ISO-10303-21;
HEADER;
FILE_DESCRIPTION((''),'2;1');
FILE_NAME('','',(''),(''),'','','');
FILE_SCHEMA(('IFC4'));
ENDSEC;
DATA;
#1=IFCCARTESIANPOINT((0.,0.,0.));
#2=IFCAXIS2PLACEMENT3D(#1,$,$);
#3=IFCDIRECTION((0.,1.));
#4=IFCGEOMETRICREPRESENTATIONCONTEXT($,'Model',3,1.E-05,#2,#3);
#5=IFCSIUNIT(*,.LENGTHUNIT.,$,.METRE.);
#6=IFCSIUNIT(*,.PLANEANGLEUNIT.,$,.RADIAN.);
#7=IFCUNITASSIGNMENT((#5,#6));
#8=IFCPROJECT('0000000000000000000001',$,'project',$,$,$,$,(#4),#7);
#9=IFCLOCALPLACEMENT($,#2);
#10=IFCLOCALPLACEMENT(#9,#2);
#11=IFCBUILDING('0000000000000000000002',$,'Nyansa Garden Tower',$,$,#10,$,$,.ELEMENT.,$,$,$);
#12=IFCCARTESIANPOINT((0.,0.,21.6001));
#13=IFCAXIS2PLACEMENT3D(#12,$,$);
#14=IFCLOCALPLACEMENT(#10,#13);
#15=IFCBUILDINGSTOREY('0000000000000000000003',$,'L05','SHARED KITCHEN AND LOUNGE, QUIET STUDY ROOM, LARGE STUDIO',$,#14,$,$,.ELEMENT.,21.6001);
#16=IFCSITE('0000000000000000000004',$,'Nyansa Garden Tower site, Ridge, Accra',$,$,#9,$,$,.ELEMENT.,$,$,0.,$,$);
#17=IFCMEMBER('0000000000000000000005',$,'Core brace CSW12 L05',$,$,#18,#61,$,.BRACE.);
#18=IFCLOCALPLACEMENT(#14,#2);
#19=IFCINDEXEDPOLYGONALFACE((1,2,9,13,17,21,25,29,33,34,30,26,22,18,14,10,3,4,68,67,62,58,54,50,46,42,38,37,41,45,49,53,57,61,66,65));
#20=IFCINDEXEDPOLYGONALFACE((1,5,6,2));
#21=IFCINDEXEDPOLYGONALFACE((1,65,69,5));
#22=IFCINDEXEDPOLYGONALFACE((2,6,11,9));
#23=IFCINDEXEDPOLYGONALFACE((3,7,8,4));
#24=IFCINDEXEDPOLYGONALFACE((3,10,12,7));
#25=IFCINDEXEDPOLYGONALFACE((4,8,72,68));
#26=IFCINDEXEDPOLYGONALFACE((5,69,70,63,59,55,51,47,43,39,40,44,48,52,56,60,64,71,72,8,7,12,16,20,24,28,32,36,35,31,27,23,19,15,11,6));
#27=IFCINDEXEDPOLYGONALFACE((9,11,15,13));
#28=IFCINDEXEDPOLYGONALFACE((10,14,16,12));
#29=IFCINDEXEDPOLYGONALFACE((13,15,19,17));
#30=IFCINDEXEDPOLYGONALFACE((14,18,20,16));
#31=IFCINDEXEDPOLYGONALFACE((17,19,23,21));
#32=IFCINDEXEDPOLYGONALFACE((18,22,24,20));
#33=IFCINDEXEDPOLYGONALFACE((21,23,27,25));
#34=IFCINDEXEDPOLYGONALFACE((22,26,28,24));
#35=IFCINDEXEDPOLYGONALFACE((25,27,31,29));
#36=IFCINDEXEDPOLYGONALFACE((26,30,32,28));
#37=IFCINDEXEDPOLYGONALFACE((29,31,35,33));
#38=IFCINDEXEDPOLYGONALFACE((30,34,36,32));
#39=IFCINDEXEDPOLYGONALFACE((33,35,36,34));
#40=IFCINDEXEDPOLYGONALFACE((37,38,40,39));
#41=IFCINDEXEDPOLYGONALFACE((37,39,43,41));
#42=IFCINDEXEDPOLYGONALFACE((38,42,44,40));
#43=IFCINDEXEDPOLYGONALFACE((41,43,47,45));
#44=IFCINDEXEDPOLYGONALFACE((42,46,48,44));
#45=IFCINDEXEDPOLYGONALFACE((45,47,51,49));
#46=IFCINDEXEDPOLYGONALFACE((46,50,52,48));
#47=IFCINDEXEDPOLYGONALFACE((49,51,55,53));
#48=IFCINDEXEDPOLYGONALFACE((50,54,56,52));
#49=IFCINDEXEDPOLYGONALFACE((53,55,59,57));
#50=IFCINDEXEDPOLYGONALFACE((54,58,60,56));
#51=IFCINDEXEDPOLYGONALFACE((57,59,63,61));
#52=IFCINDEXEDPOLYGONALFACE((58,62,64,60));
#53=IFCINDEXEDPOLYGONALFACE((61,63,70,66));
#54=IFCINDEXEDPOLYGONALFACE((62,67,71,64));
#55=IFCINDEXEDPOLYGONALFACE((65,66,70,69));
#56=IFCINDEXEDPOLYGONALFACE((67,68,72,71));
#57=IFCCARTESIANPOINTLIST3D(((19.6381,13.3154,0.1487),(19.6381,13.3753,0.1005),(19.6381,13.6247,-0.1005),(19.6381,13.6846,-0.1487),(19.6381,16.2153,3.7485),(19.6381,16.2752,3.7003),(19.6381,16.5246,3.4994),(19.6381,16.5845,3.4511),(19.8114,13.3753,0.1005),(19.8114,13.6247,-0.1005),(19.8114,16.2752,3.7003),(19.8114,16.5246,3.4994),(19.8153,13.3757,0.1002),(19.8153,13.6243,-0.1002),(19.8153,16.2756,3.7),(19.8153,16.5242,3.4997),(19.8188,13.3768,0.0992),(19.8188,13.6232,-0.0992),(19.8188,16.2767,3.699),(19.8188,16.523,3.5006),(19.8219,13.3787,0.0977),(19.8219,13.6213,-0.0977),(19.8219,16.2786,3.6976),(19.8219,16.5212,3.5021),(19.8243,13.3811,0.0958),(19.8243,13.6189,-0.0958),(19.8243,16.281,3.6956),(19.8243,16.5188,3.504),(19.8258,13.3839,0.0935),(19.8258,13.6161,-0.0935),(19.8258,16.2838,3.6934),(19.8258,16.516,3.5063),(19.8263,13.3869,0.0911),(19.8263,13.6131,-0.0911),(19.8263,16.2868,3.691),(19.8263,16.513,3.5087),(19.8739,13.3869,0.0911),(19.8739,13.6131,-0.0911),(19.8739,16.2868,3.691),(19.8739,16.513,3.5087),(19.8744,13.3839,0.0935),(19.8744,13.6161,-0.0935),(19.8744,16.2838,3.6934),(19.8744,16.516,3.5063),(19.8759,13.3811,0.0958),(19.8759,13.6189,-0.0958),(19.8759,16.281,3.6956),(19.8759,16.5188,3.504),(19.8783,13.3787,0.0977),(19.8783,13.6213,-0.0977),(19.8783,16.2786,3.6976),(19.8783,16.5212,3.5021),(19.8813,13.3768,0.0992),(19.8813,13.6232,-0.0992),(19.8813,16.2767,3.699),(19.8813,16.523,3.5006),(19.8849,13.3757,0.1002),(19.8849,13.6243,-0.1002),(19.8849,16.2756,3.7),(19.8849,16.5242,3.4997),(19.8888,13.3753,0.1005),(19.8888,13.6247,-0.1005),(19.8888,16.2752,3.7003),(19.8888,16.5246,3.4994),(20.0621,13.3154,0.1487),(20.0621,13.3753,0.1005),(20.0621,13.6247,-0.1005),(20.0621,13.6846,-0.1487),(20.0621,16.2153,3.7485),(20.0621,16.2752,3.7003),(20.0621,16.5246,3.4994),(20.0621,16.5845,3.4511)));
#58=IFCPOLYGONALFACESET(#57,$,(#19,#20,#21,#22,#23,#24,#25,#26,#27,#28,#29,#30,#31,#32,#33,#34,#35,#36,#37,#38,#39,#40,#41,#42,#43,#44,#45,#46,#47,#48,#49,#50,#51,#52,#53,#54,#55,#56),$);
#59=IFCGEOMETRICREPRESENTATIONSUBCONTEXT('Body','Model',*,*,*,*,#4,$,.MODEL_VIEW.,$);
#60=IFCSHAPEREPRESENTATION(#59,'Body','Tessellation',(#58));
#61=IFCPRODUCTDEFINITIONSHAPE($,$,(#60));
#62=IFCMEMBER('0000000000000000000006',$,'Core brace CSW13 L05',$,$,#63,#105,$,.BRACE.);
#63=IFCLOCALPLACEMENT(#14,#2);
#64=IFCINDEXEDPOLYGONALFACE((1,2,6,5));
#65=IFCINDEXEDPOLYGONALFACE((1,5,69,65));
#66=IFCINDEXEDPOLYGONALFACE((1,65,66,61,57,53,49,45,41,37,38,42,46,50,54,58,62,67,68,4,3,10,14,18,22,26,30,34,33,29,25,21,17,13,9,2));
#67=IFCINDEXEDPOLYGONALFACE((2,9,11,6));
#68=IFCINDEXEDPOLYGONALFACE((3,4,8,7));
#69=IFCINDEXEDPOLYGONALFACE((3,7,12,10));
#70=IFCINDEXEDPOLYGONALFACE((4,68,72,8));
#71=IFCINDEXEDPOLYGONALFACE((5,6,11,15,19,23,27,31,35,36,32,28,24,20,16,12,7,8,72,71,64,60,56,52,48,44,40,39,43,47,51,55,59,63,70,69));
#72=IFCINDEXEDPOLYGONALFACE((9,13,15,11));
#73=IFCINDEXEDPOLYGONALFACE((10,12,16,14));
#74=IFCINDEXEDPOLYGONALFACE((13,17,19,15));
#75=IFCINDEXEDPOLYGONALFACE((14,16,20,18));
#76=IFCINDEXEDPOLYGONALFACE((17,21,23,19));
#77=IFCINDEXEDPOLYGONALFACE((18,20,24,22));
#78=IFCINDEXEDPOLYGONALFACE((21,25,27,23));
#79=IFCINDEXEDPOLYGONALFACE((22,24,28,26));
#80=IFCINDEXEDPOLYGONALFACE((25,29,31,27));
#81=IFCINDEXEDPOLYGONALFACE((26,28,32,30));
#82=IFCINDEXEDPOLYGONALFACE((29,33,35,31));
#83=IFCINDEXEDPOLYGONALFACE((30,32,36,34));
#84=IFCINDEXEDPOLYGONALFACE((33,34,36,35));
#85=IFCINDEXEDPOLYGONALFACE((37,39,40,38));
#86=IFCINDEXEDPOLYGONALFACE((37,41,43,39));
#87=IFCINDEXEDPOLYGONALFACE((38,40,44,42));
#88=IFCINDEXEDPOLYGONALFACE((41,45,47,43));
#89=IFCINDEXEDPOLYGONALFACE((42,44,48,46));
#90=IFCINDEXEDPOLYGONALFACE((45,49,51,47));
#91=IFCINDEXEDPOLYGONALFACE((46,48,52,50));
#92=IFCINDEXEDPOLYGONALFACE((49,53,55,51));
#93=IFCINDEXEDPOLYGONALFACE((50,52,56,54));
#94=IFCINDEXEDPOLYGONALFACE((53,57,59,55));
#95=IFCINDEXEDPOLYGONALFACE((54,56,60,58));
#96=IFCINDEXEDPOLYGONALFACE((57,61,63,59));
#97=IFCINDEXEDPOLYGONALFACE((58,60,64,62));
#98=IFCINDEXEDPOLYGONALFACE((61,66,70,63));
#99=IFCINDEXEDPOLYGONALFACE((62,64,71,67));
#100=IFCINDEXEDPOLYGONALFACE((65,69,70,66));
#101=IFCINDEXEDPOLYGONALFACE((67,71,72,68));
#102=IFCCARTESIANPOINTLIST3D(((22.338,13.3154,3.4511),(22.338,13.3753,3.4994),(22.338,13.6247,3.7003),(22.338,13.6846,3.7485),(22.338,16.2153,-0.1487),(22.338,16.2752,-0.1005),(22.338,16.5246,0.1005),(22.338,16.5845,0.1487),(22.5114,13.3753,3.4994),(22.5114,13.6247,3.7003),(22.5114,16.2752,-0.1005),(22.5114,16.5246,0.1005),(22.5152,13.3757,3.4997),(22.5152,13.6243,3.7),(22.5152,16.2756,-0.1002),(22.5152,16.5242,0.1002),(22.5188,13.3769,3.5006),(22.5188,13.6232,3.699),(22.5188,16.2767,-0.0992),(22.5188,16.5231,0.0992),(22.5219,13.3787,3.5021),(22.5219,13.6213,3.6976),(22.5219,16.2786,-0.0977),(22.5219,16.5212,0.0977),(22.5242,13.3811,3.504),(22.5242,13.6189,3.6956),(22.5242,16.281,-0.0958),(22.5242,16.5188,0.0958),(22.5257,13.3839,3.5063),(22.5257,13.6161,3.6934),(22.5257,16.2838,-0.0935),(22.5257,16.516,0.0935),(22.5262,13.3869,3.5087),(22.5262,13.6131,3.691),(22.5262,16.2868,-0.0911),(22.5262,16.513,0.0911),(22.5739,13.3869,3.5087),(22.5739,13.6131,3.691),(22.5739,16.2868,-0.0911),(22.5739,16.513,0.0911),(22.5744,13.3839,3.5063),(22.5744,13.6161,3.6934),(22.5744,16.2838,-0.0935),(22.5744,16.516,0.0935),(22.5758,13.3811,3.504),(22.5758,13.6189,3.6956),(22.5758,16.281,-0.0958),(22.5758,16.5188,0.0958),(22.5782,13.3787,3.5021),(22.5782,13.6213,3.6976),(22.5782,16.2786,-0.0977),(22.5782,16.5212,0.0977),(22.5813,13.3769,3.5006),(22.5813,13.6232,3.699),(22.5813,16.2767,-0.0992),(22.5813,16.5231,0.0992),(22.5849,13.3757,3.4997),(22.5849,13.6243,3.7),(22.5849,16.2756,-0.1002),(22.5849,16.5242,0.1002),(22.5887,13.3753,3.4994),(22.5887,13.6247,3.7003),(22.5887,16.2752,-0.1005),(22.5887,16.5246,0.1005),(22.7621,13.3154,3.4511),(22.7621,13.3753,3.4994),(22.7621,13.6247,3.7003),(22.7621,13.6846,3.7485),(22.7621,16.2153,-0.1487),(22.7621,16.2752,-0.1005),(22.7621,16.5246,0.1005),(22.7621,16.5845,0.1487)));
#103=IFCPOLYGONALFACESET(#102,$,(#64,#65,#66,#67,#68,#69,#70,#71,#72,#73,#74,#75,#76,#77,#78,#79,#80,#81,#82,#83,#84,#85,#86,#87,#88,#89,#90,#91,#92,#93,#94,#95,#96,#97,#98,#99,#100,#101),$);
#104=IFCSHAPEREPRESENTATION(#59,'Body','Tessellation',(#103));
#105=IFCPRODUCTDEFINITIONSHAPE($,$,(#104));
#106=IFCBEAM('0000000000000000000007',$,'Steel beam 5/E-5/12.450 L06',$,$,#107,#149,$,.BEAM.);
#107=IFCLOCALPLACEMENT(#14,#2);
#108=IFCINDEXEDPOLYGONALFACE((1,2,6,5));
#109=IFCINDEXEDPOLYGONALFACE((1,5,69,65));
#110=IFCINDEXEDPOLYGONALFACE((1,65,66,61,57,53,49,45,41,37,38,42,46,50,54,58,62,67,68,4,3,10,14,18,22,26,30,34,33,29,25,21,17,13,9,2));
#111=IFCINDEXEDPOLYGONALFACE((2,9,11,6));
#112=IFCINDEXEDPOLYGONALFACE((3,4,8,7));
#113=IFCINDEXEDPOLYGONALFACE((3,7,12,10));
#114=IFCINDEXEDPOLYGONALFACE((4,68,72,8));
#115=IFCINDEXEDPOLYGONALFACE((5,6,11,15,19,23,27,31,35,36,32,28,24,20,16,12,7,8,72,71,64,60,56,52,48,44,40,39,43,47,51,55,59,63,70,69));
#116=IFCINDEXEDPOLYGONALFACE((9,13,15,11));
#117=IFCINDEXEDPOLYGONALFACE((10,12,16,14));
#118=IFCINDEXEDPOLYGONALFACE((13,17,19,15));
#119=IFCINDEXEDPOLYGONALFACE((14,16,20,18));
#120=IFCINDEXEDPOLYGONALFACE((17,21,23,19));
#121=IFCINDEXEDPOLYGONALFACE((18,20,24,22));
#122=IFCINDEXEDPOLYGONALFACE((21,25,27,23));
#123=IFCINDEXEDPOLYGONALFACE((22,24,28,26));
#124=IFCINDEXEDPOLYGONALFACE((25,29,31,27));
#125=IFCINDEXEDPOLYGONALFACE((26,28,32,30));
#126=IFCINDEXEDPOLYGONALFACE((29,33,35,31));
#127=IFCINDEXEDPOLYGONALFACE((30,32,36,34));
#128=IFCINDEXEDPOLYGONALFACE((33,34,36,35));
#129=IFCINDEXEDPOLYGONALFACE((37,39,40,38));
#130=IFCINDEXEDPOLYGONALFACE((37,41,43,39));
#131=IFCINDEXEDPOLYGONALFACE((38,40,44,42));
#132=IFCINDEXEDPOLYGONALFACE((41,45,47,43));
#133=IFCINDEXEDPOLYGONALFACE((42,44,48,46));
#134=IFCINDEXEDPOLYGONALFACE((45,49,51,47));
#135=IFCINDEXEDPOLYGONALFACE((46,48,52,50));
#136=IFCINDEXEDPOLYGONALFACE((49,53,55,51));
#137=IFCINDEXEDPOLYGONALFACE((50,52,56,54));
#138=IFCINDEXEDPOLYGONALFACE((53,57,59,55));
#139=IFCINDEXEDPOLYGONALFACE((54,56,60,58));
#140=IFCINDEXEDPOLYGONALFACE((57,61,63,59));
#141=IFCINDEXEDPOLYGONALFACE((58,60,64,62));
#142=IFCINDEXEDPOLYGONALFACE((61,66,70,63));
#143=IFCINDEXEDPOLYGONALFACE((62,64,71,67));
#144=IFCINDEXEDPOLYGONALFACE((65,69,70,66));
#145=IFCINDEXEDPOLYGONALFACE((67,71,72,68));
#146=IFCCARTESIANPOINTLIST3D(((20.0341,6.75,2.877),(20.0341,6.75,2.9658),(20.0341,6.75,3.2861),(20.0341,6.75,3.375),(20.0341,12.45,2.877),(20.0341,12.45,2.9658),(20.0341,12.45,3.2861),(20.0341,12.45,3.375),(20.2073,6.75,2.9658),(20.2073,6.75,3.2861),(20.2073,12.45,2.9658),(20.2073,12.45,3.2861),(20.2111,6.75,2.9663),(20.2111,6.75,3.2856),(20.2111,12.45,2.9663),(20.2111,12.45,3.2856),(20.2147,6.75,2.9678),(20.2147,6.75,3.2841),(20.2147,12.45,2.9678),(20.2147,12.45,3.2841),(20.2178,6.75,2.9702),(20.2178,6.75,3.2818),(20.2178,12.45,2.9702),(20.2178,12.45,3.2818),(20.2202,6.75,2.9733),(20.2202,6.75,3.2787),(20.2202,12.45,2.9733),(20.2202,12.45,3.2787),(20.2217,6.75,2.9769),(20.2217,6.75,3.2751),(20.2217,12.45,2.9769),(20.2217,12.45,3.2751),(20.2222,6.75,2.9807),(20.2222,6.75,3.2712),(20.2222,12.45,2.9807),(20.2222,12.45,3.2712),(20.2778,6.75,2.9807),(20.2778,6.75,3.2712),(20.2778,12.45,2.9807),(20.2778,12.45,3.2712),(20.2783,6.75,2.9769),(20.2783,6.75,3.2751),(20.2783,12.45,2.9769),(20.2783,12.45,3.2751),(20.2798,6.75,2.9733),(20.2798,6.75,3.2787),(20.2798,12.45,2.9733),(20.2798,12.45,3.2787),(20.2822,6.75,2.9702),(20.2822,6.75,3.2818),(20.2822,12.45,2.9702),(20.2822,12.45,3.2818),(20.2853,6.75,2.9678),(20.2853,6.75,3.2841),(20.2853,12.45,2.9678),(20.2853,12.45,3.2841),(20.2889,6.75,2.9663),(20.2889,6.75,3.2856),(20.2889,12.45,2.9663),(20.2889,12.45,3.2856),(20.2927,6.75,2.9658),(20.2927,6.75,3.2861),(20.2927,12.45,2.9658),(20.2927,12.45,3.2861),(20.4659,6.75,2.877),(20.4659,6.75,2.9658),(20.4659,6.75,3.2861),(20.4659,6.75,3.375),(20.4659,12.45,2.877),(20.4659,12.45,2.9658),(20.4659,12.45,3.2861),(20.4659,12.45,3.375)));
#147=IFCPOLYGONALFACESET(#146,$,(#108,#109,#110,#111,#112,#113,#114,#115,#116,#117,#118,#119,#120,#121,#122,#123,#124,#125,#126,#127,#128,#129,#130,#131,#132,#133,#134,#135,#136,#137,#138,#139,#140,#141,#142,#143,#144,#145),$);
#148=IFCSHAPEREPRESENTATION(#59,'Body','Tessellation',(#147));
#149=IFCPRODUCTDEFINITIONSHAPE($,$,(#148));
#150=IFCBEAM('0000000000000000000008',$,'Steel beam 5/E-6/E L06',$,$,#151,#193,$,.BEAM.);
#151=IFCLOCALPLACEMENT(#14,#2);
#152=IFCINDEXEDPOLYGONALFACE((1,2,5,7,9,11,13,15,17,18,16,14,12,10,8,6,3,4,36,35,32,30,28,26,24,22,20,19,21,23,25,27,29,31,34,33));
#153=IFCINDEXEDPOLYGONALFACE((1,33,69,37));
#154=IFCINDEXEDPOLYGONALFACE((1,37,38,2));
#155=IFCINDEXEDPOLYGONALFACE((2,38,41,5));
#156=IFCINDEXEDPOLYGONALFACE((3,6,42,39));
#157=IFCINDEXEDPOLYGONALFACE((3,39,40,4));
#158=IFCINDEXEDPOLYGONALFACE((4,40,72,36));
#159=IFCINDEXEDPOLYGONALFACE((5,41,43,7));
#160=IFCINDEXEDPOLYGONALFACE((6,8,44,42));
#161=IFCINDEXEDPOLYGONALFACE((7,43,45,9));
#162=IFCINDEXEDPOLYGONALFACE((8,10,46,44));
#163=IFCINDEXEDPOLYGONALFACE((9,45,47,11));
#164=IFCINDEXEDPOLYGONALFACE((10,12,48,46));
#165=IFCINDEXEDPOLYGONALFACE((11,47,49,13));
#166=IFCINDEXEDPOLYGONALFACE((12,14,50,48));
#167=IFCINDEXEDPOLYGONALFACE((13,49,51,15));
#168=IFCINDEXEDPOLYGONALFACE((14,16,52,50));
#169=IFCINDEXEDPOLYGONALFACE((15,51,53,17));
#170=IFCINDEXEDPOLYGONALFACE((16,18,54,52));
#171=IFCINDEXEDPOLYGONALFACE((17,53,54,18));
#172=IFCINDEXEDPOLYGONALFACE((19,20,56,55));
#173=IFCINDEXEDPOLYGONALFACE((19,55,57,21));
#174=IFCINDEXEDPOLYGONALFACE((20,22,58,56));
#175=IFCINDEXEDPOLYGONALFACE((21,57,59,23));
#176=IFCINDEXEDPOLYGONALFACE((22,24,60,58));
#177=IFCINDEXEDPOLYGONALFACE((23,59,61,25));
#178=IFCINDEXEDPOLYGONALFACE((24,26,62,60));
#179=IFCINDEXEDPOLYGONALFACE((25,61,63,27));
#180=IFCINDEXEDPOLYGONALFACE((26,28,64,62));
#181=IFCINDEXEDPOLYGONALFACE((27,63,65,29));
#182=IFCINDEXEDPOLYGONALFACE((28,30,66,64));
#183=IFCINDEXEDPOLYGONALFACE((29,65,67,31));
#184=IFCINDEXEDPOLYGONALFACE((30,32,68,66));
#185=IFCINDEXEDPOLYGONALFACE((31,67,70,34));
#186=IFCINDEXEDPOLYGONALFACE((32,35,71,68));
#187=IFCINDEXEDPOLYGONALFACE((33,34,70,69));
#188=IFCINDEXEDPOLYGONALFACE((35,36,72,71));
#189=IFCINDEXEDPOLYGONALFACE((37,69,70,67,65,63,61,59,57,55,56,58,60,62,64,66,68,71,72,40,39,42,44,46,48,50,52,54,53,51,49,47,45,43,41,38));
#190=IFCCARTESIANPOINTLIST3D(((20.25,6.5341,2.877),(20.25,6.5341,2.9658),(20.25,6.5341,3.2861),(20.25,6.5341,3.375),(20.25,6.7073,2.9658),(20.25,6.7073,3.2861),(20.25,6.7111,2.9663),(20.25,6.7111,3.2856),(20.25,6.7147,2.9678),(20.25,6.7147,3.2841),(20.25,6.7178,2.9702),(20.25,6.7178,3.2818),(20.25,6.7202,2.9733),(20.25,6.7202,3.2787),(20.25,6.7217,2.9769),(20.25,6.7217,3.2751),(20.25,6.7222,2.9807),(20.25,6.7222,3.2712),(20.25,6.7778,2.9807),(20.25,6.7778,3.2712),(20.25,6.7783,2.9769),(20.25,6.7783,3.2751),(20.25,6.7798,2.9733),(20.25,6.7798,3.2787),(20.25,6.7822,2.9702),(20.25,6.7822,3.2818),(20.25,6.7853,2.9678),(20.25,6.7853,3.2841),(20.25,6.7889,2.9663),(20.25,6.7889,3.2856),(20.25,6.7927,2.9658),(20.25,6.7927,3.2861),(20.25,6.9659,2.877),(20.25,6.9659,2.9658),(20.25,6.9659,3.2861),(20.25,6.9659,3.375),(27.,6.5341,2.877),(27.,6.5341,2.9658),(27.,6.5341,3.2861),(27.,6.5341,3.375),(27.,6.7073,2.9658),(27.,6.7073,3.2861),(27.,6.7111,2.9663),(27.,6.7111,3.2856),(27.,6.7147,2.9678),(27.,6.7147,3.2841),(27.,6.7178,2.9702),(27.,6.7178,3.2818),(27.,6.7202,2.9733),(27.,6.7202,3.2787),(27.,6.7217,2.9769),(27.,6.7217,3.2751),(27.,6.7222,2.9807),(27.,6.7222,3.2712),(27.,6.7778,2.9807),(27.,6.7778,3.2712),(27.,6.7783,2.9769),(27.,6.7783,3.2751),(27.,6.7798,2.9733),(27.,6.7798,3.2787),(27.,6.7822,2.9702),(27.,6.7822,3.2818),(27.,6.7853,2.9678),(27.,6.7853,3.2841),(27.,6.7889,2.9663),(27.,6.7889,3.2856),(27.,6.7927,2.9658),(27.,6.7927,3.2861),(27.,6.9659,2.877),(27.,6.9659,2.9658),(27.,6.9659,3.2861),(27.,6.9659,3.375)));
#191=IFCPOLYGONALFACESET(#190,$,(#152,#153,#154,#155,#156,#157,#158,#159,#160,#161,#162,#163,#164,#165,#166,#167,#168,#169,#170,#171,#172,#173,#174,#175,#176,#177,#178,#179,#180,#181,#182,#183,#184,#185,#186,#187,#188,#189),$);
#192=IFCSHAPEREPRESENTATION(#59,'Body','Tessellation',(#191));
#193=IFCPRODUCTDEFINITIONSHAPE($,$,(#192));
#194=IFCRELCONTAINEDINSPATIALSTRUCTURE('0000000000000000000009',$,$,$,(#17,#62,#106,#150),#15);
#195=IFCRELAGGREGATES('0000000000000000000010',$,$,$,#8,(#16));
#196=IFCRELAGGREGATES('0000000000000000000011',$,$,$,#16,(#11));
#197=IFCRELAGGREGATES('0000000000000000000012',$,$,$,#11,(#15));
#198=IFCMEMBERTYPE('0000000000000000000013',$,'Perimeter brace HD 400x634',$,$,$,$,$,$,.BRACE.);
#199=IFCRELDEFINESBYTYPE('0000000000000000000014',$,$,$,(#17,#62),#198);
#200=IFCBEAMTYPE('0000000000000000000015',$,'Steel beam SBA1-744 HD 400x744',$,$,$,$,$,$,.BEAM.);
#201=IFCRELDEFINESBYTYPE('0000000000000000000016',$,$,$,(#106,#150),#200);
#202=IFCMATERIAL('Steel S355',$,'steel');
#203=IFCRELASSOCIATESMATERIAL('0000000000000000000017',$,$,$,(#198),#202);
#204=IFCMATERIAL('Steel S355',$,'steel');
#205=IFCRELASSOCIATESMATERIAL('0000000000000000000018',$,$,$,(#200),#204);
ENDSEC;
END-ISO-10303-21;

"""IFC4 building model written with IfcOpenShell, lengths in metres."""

from ifc_helpers import new_model, si_unit, direction, frame, origin, origin_2d, place, context, subcontext, project, spatial, i_section, extrude, material, material_profile, profile_set, type_object, element, save


model = new_model("IFC4")

# Units and contexts
model_context = context("Model", 3, precision=1e-05, world=origin(), true_north=direction((0.0, 1.0)))
body_context = subcontext(model_context, "Body", "Model", "MODEL_VIEW")
ifc_project = project(units=[si_unit("LENGTHUNIT", "METRE"), si_unit("PLANEANGLEUNIT", "RADIAN")], contexts=[model_context])

# Site, building, storey
site_placement = place(None, origin())
site = spatial("IfcSite", under=ifc_project, at=site_placement, Name="Nyansa Garden Tower site, Ridge, Accra", CompositionType="ELEMENT", RefElevation=0.0)
building_placement = place(site_placement, origin())
building = spatial("IfcBuilding", under=site, at=building_placement, Name="Nyansa Garden Tower", CompositionType="ELEMENT")
storey_placement = place(building_placement, frame((0.0, 0.0, 21.6001)))
storey = spatial("IfcBuildingStorey", under=building, at=storey_placement, Name="L05", Description="SHARED KITCHEN AND LOUNGE, QUIET STUDY ROOM, LARGE STUDIO", CompositionType="ELEMENT", Elevation=21.6001)

# Members
ifc_material_1 = material(Name="Steel S355", Category="steel")
ifc_material_profile_1 = material_profile(ifc_material_1, i_section(OverallWidth=0.4241, OverallDepth=0.4741, WebThickness=0.0476, FlangeThickness=0.0769, FilletRadius=0.0149, at=origin_2d()), Name="HD 400x634")
ifc_profile_set_1 = profile_set([ifc_material_profile_1], Name="Steel S355")
member_type = type_object("IfcMemberType", Name="Perimeter brace HD 400x634", PredefinedType="BRACE", material=ifc_profile_set_1)
for number, where, z_axis, x_axis, name in (
    (1, (19.8501, 13.5, 0.0), (0.0, 0.627332, 0.778752), (-1.0, 0.0, 0.0), "Core brace CSW12 L05"),
    (2, (22.55, 16.3999, 0.0), (0.0, -0.627332, 0.778752), (1.0, 0.0, 0.0), "Core brace CSW13 L05"),
):
    element("IfcMember", number, at=place(storey_placement, frame(where, z_axis=z_axis, x_axis=x_axis)), inside=storey, type_object=member_type, Name=name, PredefinedType="BRACE", context=body_context, shape_type="SweptSolid", body=[
        extrude(i_section(OverallWidth=0.4241, OverallDepth=0.4741, WebThickness=0.0476, FlangeThickness=0.0769, FilletRadius=0.0149, at=origin_2d()), origin(), (0.0, 0.0, 1.0), 4.6226),
    ])

# Beams
ifc_material_2 = material(Name="Steel S355", Category="steel")
ifc_material_profile_2 = material_profile(ifc_material_2, i_section(OverallWidth=0.4319, OverallDepth=0.498, WebThickness=0.0557, FlangeThickness=0.0889, FilletRadius=0.0149, at=origin_2d()), Name="HD 400x744")
ifc_profile_set_2 = profile_set([ifc_material_profile_2], Name="Steel S355")
beam_type_1 = type_object("IfcBeamType", Name="Steel beam SBA1-744 HD 400x744", PredefinedType="BEAM", material=ifc_profile_set_2)
beam_1_placement = place(storey_placement, frame((20.25, 6.75, 3.126), z_axis=(0.0, 1.0, 0.0), x_axis=(-1.0, 0.0, 0.0)))
element("IfcBeam", 3, at=beam_1_placement, inside=storey, type_object=beam_type_1, Name="Steel beam 5/E-5/12.450 L06", PredefinedType="BEAM", context=body_context, shape_type="SweptSolid", body=[
    extrude(i_section(OverallWidth=0.4319, OverallDepth=0.498, WebThickness=0.0557, FlangeThickness=0.0889, FilletRadius=0.0149, at=origin_2d()), origin(), (0.0, 0.0, 1.0), 5.7),
])
beam_2_placement = place(storey_placement, frame((20.25, 6.75, 3.126), z_axis=(1.0, 0.0, 0.0), x_axis=(0.0, 1.0, 0.0)))
element("IfcBeam", 4, at=beam_2_placement, inside=storey, type_object=beam_type_1, Name="Steel beam 5/E-6/E L06", PredefinedType="BEAM", context=body_context, shape_type="SweptSolid", body=[
    extrude(i_section(OverallWidth=0.4319, OverallDepth=0.498, WebThickness=0.0557, FlangeThickness=0.0889, FilletRadius=0.0149, at=origin_2d()), origin(), (0.0, 0.0, 1.0), 6.75),
])

save(model, "model.ifc")
